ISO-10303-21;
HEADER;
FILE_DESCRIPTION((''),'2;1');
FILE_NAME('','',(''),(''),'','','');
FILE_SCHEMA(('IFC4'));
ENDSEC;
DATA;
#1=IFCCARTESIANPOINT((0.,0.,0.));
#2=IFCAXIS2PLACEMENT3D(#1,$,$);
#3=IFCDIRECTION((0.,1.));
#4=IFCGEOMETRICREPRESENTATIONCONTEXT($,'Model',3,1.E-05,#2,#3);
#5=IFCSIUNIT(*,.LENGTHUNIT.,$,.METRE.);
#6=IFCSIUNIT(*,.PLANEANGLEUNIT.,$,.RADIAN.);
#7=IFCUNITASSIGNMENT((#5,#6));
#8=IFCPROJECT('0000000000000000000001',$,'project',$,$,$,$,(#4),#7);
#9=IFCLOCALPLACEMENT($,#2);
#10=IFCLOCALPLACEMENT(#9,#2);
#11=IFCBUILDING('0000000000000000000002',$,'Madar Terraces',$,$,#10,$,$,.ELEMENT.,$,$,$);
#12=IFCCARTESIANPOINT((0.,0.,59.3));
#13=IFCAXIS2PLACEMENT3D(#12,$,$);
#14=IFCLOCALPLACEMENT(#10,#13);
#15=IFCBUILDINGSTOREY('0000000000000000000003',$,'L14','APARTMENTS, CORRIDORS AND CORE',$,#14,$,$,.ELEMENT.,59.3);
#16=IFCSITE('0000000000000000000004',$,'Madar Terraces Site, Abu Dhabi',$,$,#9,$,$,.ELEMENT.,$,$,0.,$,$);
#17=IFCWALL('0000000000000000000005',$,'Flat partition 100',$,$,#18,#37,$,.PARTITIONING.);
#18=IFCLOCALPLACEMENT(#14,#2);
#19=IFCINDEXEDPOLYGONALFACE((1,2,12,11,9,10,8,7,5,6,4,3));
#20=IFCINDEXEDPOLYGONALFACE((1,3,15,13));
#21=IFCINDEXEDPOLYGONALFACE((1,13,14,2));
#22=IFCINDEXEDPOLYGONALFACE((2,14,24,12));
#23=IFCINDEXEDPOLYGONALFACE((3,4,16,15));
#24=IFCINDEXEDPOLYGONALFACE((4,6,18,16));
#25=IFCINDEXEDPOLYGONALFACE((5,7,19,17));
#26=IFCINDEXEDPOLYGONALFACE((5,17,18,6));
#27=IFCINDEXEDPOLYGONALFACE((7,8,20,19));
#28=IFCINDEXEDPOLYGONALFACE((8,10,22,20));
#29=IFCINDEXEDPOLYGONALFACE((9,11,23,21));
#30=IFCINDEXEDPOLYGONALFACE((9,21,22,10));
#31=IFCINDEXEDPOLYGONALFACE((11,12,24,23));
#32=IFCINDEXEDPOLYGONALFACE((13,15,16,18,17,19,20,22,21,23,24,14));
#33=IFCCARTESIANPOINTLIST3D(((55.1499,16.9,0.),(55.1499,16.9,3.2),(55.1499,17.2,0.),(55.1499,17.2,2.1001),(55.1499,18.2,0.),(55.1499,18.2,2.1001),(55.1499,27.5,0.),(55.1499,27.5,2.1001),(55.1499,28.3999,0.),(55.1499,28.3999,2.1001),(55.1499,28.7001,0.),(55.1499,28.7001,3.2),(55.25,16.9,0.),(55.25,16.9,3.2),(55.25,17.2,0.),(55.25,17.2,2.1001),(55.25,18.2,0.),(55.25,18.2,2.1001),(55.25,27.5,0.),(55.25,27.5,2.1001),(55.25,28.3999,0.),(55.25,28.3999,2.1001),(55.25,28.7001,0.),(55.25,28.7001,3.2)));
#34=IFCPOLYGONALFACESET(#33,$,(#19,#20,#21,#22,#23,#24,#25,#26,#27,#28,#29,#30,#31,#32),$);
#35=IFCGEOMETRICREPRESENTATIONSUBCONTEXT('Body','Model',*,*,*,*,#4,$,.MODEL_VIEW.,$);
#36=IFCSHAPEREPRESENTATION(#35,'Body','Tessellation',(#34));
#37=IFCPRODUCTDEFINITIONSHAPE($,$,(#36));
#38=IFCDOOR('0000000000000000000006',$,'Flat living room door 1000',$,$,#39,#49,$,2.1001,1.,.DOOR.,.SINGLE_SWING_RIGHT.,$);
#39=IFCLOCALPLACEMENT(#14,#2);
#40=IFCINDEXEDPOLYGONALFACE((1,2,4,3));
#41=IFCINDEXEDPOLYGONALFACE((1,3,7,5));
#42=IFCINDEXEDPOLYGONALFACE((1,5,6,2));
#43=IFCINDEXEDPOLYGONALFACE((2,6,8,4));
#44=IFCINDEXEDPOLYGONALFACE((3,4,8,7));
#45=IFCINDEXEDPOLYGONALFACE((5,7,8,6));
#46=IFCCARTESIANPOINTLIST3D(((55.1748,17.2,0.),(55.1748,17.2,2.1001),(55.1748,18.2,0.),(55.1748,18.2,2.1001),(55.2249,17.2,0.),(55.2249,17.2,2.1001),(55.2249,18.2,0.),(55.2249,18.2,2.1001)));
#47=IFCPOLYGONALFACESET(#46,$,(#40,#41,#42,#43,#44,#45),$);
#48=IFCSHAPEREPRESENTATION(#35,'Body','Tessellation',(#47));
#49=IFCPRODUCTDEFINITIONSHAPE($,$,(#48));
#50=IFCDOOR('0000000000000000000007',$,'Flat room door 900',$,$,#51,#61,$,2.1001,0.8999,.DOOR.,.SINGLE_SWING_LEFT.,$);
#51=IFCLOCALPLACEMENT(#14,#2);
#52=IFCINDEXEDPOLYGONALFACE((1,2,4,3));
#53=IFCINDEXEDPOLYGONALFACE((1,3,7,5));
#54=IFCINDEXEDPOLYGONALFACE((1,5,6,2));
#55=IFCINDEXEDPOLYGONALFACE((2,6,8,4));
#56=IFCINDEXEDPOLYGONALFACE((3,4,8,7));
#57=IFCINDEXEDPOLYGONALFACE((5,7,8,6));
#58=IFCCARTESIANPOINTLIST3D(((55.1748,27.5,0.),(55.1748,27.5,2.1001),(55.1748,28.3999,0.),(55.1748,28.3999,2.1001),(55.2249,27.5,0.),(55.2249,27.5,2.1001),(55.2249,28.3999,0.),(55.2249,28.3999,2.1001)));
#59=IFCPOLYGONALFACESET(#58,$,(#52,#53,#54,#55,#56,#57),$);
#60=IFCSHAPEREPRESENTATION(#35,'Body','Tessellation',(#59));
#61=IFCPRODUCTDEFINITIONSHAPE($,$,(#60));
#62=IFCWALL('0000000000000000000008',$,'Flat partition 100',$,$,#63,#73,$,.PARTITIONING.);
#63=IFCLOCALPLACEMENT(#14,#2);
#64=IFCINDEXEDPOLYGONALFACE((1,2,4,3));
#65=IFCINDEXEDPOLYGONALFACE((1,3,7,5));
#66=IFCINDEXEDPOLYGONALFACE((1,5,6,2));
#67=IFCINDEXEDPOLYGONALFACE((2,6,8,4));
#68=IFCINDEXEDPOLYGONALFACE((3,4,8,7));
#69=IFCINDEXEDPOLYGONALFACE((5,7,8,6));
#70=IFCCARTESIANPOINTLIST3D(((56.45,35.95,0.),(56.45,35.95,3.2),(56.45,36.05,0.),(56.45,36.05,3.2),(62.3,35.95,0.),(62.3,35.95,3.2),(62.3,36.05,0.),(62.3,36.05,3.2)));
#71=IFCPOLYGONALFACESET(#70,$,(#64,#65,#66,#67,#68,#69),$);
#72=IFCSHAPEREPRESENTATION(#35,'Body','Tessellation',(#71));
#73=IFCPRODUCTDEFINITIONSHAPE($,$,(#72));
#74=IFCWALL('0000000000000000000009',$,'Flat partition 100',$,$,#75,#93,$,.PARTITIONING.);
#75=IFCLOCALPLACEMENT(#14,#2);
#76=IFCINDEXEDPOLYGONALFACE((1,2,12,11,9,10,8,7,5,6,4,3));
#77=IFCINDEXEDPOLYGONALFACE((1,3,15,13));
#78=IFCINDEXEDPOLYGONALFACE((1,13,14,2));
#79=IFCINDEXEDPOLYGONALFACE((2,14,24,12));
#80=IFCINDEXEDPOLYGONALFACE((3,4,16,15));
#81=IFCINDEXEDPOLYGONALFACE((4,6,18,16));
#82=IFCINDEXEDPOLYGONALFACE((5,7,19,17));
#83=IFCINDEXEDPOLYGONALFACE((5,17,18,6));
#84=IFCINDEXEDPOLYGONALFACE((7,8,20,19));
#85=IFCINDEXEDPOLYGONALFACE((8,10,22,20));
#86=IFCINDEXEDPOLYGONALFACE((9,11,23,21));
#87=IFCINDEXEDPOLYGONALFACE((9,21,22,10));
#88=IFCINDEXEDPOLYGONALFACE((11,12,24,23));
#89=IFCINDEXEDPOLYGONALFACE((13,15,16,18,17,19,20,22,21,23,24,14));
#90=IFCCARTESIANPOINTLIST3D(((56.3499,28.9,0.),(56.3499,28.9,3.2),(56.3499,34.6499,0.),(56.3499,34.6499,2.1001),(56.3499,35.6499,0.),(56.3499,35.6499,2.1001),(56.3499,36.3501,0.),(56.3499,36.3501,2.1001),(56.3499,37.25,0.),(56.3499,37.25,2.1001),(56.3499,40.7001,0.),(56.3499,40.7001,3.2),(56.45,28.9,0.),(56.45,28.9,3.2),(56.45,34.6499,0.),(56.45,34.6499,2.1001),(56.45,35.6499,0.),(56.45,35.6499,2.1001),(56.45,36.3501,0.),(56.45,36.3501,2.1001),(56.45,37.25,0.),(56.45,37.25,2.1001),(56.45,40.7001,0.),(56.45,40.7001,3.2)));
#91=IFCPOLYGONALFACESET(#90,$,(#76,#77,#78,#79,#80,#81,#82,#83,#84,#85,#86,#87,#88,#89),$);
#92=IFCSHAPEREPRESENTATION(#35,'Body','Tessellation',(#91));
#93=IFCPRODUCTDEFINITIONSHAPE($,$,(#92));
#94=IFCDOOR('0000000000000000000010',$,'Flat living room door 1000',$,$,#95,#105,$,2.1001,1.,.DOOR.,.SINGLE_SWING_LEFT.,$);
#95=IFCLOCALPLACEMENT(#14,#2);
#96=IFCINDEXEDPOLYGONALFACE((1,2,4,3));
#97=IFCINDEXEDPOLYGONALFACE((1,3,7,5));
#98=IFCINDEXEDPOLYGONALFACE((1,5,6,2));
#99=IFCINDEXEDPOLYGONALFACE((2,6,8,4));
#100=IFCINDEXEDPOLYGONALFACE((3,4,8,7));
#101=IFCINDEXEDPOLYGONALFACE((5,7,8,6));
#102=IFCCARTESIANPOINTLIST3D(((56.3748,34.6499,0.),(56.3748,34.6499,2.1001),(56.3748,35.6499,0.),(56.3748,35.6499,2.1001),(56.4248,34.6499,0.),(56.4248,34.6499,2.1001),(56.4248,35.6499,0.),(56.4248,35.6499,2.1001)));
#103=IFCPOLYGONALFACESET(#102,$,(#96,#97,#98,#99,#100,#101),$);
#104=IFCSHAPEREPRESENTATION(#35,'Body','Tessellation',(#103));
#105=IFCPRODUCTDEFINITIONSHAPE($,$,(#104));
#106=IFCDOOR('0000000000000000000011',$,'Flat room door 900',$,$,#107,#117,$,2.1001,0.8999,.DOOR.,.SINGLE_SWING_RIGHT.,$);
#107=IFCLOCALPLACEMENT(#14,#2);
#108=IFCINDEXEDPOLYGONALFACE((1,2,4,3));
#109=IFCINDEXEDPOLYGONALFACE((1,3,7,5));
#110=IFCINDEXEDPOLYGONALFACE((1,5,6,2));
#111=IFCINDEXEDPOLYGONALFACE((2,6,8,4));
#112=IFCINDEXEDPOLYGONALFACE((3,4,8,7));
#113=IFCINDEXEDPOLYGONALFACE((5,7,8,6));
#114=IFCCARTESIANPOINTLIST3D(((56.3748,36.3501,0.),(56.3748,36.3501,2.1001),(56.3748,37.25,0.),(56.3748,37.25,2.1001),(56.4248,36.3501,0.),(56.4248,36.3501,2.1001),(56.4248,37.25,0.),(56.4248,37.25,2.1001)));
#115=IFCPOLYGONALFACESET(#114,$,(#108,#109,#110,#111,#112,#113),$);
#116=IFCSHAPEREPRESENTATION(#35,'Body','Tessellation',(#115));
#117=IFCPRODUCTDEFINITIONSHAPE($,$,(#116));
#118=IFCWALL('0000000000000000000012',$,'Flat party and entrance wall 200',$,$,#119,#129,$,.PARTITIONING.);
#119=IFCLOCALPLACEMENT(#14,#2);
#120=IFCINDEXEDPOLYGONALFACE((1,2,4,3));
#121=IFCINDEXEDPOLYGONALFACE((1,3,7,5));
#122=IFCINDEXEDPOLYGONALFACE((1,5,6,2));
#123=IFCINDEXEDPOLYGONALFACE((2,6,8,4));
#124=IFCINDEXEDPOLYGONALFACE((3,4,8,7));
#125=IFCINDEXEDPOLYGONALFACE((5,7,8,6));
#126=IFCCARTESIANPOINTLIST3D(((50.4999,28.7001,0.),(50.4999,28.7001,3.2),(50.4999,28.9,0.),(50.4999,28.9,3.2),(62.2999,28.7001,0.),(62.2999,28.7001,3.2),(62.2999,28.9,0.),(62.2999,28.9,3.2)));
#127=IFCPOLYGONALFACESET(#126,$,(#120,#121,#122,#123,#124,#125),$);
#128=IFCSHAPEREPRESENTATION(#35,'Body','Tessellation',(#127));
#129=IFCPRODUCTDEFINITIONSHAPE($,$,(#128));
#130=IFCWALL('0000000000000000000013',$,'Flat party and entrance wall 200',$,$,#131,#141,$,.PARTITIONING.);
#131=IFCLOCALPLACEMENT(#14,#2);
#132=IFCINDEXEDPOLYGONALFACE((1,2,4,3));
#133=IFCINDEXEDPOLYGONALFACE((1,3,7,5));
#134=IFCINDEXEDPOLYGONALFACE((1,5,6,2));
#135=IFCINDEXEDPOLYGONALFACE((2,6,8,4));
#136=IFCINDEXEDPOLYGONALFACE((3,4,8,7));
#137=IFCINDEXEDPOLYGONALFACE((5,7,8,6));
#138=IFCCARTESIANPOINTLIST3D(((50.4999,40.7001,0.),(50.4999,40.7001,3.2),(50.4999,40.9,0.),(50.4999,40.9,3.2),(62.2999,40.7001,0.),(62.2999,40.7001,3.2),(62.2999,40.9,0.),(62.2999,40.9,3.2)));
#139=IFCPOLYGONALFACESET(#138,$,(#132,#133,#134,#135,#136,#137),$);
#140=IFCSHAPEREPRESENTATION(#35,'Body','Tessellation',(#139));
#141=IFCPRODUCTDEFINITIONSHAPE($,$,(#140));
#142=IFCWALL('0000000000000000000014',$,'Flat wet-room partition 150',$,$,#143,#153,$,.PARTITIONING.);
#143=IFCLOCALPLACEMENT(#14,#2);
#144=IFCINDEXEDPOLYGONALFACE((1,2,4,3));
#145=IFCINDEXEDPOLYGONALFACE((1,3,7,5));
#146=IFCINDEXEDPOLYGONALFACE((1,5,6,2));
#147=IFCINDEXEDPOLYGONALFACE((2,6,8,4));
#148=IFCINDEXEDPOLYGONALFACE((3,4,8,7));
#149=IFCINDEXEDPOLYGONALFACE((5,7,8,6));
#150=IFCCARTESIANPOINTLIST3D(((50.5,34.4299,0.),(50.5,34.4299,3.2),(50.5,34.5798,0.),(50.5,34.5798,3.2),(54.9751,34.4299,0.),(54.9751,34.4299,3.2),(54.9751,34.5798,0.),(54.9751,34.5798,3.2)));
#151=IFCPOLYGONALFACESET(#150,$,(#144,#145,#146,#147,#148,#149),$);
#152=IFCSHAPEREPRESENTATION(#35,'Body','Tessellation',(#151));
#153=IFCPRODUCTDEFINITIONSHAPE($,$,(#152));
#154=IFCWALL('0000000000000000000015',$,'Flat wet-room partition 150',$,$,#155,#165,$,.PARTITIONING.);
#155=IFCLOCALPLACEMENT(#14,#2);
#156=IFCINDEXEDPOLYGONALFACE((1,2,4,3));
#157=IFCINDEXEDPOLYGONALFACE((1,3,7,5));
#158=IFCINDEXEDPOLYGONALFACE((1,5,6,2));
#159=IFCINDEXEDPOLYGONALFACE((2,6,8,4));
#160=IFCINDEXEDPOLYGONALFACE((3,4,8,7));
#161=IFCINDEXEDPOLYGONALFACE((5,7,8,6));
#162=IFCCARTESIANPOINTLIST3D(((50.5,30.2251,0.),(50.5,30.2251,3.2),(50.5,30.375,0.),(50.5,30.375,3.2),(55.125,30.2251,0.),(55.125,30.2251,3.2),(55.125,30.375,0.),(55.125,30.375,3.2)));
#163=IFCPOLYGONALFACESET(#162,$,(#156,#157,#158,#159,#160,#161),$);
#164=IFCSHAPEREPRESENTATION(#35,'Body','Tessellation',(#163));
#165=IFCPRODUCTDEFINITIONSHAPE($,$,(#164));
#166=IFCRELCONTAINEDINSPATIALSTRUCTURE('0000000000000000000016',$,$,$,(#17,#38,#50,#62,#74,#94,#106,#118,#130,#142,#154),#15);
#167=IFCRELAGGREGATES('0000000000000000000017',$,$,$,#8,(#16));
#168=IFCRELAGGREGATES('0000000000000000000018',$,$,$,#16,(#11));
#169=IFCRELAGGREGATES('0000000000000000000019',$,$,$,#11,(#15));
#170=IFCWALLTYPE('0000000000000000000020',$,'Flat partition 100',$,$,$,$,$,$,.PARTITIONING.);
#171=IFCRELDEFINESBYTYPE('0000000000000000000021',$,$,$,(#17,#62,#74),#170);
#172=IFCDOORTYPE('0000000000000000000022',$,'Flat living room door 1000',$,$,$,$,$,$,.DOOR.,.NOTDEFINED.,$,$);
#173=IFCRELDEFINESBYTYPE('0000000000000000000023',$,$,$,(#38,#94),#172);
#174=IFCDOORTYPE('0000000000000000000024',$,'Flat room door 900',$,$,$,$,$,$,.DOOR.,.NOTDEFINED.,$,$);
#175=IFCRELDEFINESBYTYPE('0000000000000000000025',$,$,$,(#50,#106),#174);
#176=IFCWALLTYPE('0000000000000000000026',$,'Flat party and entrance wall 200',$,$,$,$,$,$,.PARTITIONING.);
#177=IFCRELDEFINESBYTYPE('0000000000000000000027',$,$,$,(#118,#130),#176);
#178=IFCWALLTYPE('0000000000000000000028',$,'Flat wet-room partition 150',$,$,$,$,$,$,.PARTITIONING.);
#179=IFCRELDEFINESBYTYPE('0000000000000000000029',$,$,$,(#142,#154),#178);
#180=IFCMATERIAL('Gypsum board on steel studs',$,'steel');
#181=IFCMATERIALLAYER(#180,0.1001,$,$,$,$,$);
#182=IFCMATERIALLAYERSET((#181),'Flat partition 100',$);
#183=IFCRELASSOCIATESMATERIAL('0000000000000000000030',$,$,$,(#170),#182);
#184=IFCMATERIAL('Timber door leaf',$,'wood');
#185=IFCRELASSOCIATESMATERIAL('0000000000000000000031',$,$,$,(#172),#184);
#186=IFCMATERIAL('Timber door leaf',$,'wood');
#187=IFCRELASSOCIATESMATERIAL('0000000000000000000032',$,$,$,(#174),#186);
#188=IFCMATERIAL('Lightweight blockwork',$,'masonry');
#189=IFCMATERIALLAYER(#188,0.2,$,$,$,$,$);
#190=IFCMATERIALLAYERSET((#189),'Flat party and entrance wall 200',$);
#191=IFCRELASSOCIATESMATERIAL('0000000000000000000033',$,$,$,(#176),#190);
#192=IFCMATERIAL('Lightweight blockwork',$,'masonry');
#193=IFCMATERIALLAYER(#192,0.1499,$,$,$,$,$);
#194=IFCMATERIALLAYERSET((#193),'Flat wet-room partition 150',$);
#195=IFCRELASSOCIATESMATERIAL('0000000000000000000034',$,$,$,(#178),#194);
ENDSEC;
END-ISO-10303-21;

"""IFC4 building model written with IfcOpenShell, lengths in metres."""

from ifc_helpers import new_model, si_unit, direction, frame, frame_2d, origin, place, context, subcontext, project, spatial, rectangle, extrude, material, layer, layer_set, type_object, element, fill, save


model = new_model("IFC4")

# Units and contexts
model_context = context("Model", 3, precision=1e-05, world=origin(), true_north=direction((0.0, 1.0)))
body_context = subcontext(model_context, "Body", "Model", "MODEL_VIEW")
ifc_project = project(units=[si_unit("LENGTHUNIT", "METRE"), si_unit("PLANEANGLEUNIT", "RADIAN")], contexts=[model_context])

# Site, building, storey
site_placement = place(None, origin())
site = spatial("IfcSite", under=ifc_project, at=site_placement, Name="Madar Terraces Site, Abu Dhabi", CompositionType="ELEMENT", RefElevation=0.0)
building_placement = place(site_placement, origin())
building = spatial("IfcBuilding", under=site, at=building_placement, Name="Madar Terraces", CompositionType="ELEMENT")
storey_placement = place(building_placement, frame((0.0, 0.0, 59.3)))
storey = spatial("IfcBuildingStorey", under=building, at=storey_placement, Name="L14", Description="APARTMENTS, CORRIDORS AND CORE", CompositionType="ELEMENT", Elevation=59.3)

# Wall, openings, doors
ifc_material_1 = material(Name="Gypsum board on steel studs", Category="steel")
ifc_layer_1 = layer(ifc_material_1, 0.1001)
ifc_layer_set_1 = layer_set([ifc_layer_1], Name="Flat partition 100")
wall_type_1 = type_object("IfcWallType", Name="Flat partition 100", PredefinedType="PARTITIONING", material=ifc_layer_set_1)
wall_1_placement = place(storey_placement, frame((55.2, 28.7, 0.0), z_axis=(0.0, 0.0, 1.0), x_axis=(0.0, -1.0, 0.0)))
wall_1 = element("IfcWall", 1, at=wall_1_placement, inside=storey, type_object=wall_type_1, Name="Flat partition 100", PredefinedType="PARTITIONING", context=body_context, shape_type="SweptSolid", body=[
    extrude(rectangle(XDim=11.8, YDim=0.1001, at=frame_2d((5.8999, 0.0))), origin(), (0.0, 0.0, 1.0), 3.2),
])
opening_1_placement = place(wall_1_placement, frame((10.5, 0.0, 0.0)))
opening_1 = element("IfcOpeningElement", 2, at=opening_1_placement, cuts=wall_1, PredefinedType="OPENING", context=body_context, shape_type="SweptSolid", body=[
    extrude(rectangle(XDim=1.0, YDim=2.1001, at=frame_2d((0.5, 1.05))), frame((0.0, 0.0601, 0.0), z_axis=(0.0, -1.0, 0.0), x_axis=(1.0, 0.0, 0.0)), (0.0, 0.0, 1.0), 0.1201),
])
opening_2_placement = place(wall_1_placement, frame((0.3, 0.0, 0.0)))
opening_2 = element("IfcOpeningElement", 3, at=opening_2_placement, cuts=wall_1, PredefinedType="OPENING", context=body_context, shape_type="SweptSolid", body=[
    extrude(rectangle(XDim=0.8999, YDim=2.1001, at=frame_2d((0.45, 1.05))), frame((0.0, 0.0601, 0.0), z_axis=(0.0, -1.0, 0.0), x_axis=(1.0, 0.0, 0.0)), (0.0, 0.0, 1.0), 0.1201),
])
ifc_material_2 = material(Name="Timber door leaf", Category="wood")
door_type_1 = type_object("IfcDoorType", Name="Flat living room door 1000", OperationType="NOTDEFINED", PredefinedType="DOOR", material=ifc_material_2)
door_1_placement = place(opening_1_placement, origin())
door_1 = element("IfcDoor", 4, at=door_1_placement, inside=storey, type_object=door_type_1, Name="Flat living room door 1000", OperationType="SINGLE_SWING_RIGHT", OverallHeight=2.1001, OverallWidth=1.0, PredefinedType="DOOR", context=body_context, shape_type="SweptSolid", body=[
    extrude(rectangle(XDim=1.0, YDim=2.1001, at=frame_2d((0.5, 1.05))), frame((0.0, 0.0249, 0.0), z_axis=(0.0, -1.0, 0.0), x_axis=(1.0, 0.0, 0.0)), (0.0, 0.0, 1.0), 0.05),
])
fill(opening_1, door_1)
ifc_material_3 = material(Name="Timber door leaf", Category="wood")
door_type_2 = type_object("IfcDoorType", Name="Flat room door 900", OperationType="NOTDEFINED", PredefinedType="DOOR", material=ifc_material_3)
door_2_placement = place(opening_2_placement, origin())
door_2 = element("IfcDoor", 5, at=door_2_placement, inside=storey, type_object=door_type_2, Name="Flat room door 900", OperationType="SINGLE_SWING_LEFT", OverallHeight=2.1001, OverallWidth=0.8999, PredefinedType="DOOR", context=body_context, shape_type="SweptSolid", body=[
    extrude(rectangle(XDim=0.8999, YDim=2.1001, at=frame_2d((0.45, 1.05))), frame((0.0, 0.0249, 0.0), z_axis=(0.0, -1.0, 0.0), x_axis=(1.0, 0.0, 0.0)), (0.0, 0.0, 1.0), 0.05),
])
fill(opening_2, door_2)

# Wall
wall_2_placement = place(storey_placement, frame((56.45, 36.0, 0.0), z_axis=(0.0, 0.0, 1.0), x_axis=(1.0, 0.0, 0.0)))
element("IfcWall", 6, at=wall_2_placement, inside=storey, type_object=wall_type_1, Name="Flat partition 100", PredefinedType="PARTITIONING", context=body_context, shape_type="SweptSolid", body=[
    extrude(rectangle(XDim=5.8501, YDim=0.1001, at=frame_2d((2.925, 0.0))), origin(), (0.0, 0.0, 1.0), 3.2),
])

# Wall, openings, doors
wall_3_placement = place(storey_placement, frame((56.3999, 40.7, 0.0), z_axis=(0.0, 0.0, 1.0), x_axis=(0.0, -1.0, 0.0)))
wall_3 = element("IfcWall", 7, at=wall_3_placement, inside=storey, type_object=wall_type_1, Name="Flat partition 100", PredefinedType="PARTITIONING", context=body_context, shape_type="SweptSolid", body=[
    extrude(rectangle(XDim=11.8, YDim=0.1001, at=frame_2d((5.8999, 0.0))), origin(), (0.0, 0.0, 1.0), 3.2),
])
opening_3_placement = place(wall_3_placement, frame((5.05, 0.0, 0.0)))
opening_3 = element("IfcOpeningElement", 8, at=opening_3_placement, cuts=wall_3, PredefinedType="OPENING", context=body_context, shape_type="SweptSolid", body=[
    extrude(rectangle(XDim=1.0, YDim=2.1001, at=frame_2d((0.5, 1.05))), frame((0.0, 0.0601, 0.0), z_axis=(0.0, -1.0, 0.0), x_axis=(1.0, 0.0, 0.0)), (0.0, 0.0, 1.0), 0.1201),
])
opening_4_placement = place(wall_3_placement, frame((3.45, 0.0, 0.0)))
opening_4 = element("IfcOpeningElement", 9, at=opening_4_placement, cuts=wall_3, PredefinedType="OPENING", context=body_context, shape_type="SweptSolid", body=[
    extrude(rectangle(XDim=0.8999, YDim=2.1001, at=frame_2d((0.45, 1.05))), frame((0.0, 0.0601, 0.0), z_axis=(0.0, -1.0, 0.0), x_axis=(1.0, 0.0, 0.0)), (0.0, 0.0, 1.0), 0.1201),
])
door_3_placement = place(opening_3_placement, origin())
door_3 = element("IfcDoor", 10, at=door_3_placement, inside=storey, type_object=door_type_1, Name="Flat living room door 1000", OperationType="SINGLE_SWING_LEFT", OverallHeight=2.1001, OverallWidth=1.0, PredefinedType="DOOR", context=body_context, shape_type="SweptSolid", body=[
    extrude(rectangle(XDim=1.0, YDim=2.1001, at=frame_2d((0.5, 1.05))), frame((0.0, 0.0249, 0.0), z_axis=(0.0, -1.0, 0.0), x_axis=(1.0, 0.0, 0.0)), (0.0, 0.0, 1.0), 0.05),
])
fill(opening_3, door_3)
door_4_placement = place(opening_4_placement, origin())
door_4 = element("IfcDoor", 11, at=door_4_placement, inside=storey, type_object=door_type_2, Name="Flat room door 900", OperationType="SINGLE_SWING_RIGHT", OverallHeight=2.1001, OverallWidth=0.8999, PredefinedType="DOOR", context=body_context, shape_type="SweptSolid", body=[
    extrude(rectangle(XDim=0.8999, YDim=2.1001, at=frame_2d((0.45, 1.05))), frame((0.0, 0.0249, 0.0), z_axis=(0.0, -1.0, 0.0), x_axis=(1.0, 0.0, 0.0)), (0.0, 0.0, 1.0), 0.05),
])
fill(opening_4, door_4)

# Walls
ifc_material_4 = material(Name="Lightweight blockwork", Category="masonry")
ifc_layer_2 = layer(ifc_material_4, 0.2)
ifc_layer_set_2 = layer_set([ifc_layer_2], Name="Flat party and entrance wall 200")
wall_type_2 = type_object("IfcWallType", Name="Flat party and entrance wall 200", PredefinedType="PARTITIONING", material=ifc_layer_set_2)
for number, where, z_axis, x_axis, name in (
    (12, (50.5, 28.8, 0.0), (0.0, 0.0, 1.0), (1.0, 0.0, 0.0), "Flat party and entrance wall 200"),
    (13, (50.5, 40.8, 0.0), (0.0, 0.0, 1.0), (1.0, 0.0, 0.0), "Flat party and entrance wall 200"),
):
    element("IfcWall", number, at=place(storey_placement, frame(where, z_axis=z_axis, x_axis=x_axis)), inside=storey, type_object=wall_type_2, Name=name, PredefinedType="PARTITIONING", context=body_context, shape_type="SweptSolid", body=[
        extrude(rectangle(XDim=11.8, YDim=0.2, at=frame_2d((5.8999, 0.0))), origin(), (0.0, 0.0, 1.0), 3.2),
    ])
ifc_material_5 = material(Name="Lightweight blockwork", Category="masonry")
ifc_layer_3 = layer(ifc_material_5, 0.1499)
ifc_layer_set_3 = layer_set([ifc_layer_3], Name="Flat wet-room partition 150")
wall_type_3 = type_object("IfcWallType", Name="Flat wet-room partition 150", PredefinedType="PARTITIONING", material=ifc_layer_set_3)
wall_4_placement = place(storey_placement, frame((50.5, 34.5049, 0.0), z_axis=(0.0, 0.0, 1.0), x_axis=(1.0, 0.0, 0.0)))
element("IfcWall", 14, at=wall_4_placement, inside=storey, type_object=wall_type_3, Name="Flat wet-room partition 150", PredefinedType="PARTITIONING", context=body_context, shape_type="SweptSolid", body=[
    extrude(rectangle(XDim=4.4751, YDim=0.1499, at=frame_2d((2.2375, 0.0))), origin(), (0.0, 0.0, 1.0), 3.2),
])
wall_5_placement = place(storey_placement, frame((50.5, 30.3, 0.0), z_axis=(0.0, 0.0, 1.0), x_axis=(1.0, 0.0, 0.0)))
element("IfcWall", 15, at=wall_5_placement, inside=storey, type_object=wall_type_3, Name="Flat wet-room partition 150", PredefinedType="PARTITIONING", context=body_context, shape_type="SweptSolid", body=[
    extrude(rectangle(XDim=4.625, YDim=0.1499, at=frame_2d((2.3125, 0.0))), origin(), (0.0, 0.0, 1.0), 3.2),
])

save(model, "model.ifc")
